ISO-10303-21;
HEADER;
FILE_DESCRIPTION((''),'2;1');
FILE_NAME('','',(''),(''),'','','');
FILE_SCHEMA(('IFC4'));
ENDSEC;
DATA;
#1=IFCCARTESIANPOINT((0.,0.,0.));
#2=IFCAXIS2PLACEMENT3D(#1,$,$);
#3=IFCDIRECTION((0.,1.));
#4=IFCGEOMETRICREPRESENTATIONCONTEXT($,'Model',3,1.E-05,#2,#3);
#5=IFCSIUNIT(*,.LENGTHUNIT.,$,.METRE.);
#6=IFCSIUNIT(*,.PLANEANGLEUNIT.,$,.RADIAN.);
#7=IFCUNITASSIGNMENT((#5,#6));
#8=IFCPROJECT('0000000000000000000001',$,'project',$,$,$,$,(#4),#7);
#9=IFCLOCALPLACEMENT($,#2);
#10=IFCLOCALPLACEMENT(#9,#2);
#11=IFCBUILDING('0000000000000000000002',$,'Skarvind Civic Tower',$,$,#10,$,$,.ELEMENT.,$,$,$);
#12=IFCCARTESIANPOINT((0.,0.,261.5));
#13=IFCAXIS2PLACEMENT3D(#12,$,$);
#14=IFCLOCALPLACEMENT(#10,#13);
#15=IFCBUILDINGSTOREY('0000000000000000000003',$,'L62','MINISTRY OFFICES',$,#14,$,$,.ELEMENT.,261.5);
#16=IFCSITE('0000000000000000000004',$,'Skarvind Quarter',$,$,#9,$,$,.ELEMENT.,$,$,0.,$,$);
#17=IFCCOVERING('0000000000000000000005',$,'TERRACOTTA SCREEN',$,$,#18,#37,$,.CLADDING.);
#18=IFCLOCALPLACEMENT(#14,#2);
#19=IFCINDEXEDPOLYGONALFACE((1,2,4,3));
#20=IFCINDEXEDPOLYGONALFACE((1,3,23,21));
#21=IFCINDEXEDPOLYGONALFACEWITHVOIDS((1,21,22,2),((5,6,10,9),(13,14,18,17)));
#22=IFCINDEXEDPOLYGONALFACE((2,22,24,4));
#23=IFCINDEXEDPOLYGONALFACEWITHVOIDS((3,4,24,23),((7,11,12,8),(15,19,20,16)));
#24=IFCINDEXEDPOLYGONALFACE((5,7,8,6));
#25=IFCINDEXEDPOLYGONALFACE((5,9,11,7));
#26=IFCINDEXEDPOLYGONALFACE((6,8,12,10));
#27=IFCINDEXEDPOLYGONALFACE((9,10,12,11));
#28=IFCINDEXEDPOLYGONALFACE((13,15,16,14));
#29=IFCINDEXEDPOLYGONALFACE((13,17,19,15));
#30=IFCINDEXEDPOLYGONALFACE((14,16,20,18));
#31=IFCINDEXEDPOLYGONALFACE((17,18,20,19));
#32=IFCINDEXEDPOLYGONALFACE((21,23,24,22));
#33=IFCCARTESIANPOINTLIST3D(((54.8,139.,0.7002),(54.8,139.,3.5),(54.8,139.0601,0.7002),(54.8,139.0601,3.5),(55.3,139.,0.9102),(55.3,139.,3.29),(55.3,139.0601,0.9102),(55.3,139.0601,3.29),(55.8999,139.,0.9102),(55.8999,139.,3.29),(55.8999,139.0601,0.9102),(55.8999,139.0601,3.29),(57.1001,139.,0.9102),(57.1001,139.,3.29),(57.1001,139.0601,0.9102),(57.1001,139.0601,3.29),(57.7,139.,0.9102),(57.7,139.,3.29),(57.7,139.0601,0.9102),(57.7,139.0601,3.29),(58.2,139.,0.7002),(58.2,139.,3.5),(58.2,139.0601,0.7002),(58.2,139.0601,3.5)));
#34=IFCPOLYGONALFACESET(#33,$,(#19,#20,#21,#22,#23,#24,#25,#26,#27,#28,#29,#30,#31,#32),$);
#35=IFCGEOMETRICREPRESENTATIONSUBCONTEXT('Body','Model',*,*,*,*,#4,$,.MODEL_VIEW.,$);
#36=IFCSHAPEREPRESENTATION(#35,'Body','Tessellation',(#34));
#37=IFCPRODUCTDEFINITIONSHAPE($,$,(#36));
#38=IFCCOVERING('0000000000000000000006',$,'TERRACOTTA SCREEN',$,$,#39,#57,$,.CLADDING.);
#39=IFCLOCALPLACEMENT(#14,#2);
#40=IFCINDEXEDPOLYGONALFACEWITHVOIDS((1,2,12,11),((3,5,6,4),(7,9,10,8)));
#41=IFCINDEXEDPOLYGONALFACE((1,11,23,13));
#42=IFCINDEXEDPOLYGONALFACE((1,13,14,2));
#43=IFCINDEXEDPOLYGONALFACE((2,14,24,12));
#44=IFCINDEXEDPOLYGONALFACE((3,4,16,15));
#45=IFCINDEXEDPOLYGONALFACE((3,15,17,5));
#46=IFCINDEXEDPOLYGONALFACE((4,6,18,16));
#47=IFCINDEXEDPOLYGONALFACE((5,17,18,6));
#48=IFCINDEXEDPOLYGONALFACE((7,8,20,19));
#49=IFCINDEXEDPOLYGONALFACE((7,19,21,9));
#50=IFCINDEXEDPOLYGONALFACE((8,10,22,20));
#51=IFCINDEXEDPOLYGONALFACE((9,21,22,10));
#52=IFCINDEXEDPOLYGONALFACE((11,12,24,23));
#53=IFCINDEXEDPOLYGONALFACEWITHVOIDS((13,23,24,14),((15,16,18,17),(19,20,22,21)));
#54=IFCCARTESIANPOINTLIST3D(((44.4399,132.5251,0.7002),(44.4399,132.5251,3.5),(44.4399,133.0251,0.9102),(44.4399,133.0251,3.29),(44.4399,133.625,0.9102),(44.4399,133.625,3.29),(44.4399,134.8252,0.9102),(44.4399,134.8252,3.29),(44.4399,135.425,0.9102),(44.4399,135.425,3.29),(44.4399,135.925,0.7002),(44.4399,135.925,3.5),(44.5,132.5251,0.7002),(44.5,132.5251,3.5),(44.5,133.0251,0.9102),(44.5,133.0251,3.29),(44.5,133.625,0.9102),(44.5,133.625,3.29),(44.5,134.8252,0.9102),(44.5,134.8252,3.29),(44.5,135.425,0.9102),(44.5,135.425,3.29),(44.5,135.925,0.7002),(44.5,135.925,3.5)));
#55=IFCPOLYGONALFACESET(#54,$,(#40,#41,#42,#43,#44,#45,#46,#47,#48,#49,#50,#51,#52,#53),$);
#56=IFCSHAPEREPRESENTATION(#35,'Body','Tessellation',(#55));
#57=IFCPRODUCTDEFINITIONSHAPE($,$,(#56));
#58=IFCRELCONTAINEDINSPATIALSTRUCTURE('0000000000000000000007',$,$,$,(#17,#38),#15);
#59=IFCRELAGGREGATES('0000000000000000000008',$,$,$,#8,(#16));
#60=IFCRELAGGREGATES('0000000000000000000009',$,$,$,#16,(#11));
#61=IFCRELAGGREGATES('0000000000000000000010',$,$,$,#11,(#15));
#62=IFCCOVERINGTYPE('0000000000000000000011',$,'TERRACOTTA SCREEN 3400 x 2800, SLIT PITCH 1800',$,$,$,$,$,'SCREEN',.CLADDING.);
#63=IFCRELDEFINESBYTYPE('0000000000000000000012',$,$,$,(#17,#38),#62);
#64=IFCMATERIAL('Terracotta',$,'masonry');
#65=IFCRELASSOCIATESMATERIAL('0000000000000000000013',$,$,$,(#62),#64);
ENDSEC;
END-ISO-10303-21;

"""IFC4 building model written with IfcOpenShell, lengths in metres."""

from ifc_helpers import new_model, si_unit, direction, frame, origin, place, context, subcontext, project, spatial, polyline, outline, extrude, material, material_profile, profile_set, type_object, element, save


model = new_model("IFC4")

# Units and contexts
model_context = context("Model", 3, precision=1e-05, world=origin(), true_north=direction((0.0, 1.0)))
body_context = subcontext(model_context, "Body", "Model", "MODEL_VIEW")
ifc_project = project(units=[si_unit("LENGTHUNIT", "METRE"), si_unit("PLANEANGLEUNIT", "RADIAN")], contexts=[model_context])

# Site, building, storey
site_placement = place(None, origin())
site = spatial("IfcSite", under=ifc_project, at=site_placement, Name="Skarvind Quarter", CompositionType="ELEMENT", RefElevation=0.0)
building_placement = place(site_placement, origin())
building = spatial("IfcBuilding", under=site, at=building_placement, Name="Skarvind Civic Tower", CompositionType="ELEMENT")
storey_placement = place(building_placement, frame((0.0, 0.0, 261.5)))
storey = spatial("IfcBuildingStorey", under=building, at=storey_placement, Name="L62", Description="MINISTRY OFFICES", CompositionType="ELEMENT", Elevation=261.5)

# Coverings
ifc_material_1 = material(Name="Terracotta", Category="masonry")
ifc_material_profile_1 = material_profile(ifc_material_1, outline(polyline([(-1.7, -1.3999), (1.7, -1.3999), (1.7, 1.3999), (-1.7, 1.3999), (-1.7, -1.3999)]), holes=[polyline([(-1.2, -1.1899), (-0.6001, -1.1899), (-0.6001, 1.1899), (-1.2, 1.1899), (-1.2, -1.1899)]), polyline([(0.6001, -1.1899), (1.2, -1.1899), (1.2, 1.1899), (0.6001, 1.1899), (0.6001, -1.1899)])]), Name="TERRACOTTA SCREEN 3400 x 2800, SLIT PITCH 1800")
ifc_profile_set_1 = profile_set([ifc_material_profile_1], Name="Terracotta")
covering_type = type_object("IfcCoveringType", Name="TERRACOTTA SCREEN 3400 x 2800, SLIT PITCH 1800", ElementType="SCREEN", PredefinedType="CLADDING", material=ifc_profile_set_1)
for number, where, z_axis, x_axis, name in (
    (1, (56.5, 139.0, 2.1001), (0.0, 1.0, 0.0), (-1.0, 0.0, 0.0), "TERRACOTTA SCREEN"),
    (2, (44.5, 134.2251, 2.1001), (-1.0, 0.0, 0.0), (0.0, -1.0, 0.0), "TERRACOTTA SCREEN"),
):
    element("IfcCovering", number, at=place(storey_placement, frame(where, z_axis=z_axis, x_axis=x_axis)), inside=storey, type_object=covering_type, Name=name, PredefinedType="CLADDING", context=body_context, shape_type="SweptSolid", body=[
        extrude(outline(polyline([(-1.7, -1.3999), (1.7, -1.3999), (1.7, 1.3999), (-1.7, 1.3999), (-1.7, -1.3999)]), holes=[polyline([(-1.2, -1.1899), (-0.6001, -1.1899), (-0.6001, 1.1899), (-1.2, 1.1899), (-1.2, -1.1899)]), polyline([(0.6001, -1.1899), (1.2, -1.1899), (1.2, 1.1899), (0.6001, 1.1899), (0.6001, -1.1899)])]), origin(), (0.0, 0.0, 1.0), 0.0601),
    ])

save(model, "model.ifc")
